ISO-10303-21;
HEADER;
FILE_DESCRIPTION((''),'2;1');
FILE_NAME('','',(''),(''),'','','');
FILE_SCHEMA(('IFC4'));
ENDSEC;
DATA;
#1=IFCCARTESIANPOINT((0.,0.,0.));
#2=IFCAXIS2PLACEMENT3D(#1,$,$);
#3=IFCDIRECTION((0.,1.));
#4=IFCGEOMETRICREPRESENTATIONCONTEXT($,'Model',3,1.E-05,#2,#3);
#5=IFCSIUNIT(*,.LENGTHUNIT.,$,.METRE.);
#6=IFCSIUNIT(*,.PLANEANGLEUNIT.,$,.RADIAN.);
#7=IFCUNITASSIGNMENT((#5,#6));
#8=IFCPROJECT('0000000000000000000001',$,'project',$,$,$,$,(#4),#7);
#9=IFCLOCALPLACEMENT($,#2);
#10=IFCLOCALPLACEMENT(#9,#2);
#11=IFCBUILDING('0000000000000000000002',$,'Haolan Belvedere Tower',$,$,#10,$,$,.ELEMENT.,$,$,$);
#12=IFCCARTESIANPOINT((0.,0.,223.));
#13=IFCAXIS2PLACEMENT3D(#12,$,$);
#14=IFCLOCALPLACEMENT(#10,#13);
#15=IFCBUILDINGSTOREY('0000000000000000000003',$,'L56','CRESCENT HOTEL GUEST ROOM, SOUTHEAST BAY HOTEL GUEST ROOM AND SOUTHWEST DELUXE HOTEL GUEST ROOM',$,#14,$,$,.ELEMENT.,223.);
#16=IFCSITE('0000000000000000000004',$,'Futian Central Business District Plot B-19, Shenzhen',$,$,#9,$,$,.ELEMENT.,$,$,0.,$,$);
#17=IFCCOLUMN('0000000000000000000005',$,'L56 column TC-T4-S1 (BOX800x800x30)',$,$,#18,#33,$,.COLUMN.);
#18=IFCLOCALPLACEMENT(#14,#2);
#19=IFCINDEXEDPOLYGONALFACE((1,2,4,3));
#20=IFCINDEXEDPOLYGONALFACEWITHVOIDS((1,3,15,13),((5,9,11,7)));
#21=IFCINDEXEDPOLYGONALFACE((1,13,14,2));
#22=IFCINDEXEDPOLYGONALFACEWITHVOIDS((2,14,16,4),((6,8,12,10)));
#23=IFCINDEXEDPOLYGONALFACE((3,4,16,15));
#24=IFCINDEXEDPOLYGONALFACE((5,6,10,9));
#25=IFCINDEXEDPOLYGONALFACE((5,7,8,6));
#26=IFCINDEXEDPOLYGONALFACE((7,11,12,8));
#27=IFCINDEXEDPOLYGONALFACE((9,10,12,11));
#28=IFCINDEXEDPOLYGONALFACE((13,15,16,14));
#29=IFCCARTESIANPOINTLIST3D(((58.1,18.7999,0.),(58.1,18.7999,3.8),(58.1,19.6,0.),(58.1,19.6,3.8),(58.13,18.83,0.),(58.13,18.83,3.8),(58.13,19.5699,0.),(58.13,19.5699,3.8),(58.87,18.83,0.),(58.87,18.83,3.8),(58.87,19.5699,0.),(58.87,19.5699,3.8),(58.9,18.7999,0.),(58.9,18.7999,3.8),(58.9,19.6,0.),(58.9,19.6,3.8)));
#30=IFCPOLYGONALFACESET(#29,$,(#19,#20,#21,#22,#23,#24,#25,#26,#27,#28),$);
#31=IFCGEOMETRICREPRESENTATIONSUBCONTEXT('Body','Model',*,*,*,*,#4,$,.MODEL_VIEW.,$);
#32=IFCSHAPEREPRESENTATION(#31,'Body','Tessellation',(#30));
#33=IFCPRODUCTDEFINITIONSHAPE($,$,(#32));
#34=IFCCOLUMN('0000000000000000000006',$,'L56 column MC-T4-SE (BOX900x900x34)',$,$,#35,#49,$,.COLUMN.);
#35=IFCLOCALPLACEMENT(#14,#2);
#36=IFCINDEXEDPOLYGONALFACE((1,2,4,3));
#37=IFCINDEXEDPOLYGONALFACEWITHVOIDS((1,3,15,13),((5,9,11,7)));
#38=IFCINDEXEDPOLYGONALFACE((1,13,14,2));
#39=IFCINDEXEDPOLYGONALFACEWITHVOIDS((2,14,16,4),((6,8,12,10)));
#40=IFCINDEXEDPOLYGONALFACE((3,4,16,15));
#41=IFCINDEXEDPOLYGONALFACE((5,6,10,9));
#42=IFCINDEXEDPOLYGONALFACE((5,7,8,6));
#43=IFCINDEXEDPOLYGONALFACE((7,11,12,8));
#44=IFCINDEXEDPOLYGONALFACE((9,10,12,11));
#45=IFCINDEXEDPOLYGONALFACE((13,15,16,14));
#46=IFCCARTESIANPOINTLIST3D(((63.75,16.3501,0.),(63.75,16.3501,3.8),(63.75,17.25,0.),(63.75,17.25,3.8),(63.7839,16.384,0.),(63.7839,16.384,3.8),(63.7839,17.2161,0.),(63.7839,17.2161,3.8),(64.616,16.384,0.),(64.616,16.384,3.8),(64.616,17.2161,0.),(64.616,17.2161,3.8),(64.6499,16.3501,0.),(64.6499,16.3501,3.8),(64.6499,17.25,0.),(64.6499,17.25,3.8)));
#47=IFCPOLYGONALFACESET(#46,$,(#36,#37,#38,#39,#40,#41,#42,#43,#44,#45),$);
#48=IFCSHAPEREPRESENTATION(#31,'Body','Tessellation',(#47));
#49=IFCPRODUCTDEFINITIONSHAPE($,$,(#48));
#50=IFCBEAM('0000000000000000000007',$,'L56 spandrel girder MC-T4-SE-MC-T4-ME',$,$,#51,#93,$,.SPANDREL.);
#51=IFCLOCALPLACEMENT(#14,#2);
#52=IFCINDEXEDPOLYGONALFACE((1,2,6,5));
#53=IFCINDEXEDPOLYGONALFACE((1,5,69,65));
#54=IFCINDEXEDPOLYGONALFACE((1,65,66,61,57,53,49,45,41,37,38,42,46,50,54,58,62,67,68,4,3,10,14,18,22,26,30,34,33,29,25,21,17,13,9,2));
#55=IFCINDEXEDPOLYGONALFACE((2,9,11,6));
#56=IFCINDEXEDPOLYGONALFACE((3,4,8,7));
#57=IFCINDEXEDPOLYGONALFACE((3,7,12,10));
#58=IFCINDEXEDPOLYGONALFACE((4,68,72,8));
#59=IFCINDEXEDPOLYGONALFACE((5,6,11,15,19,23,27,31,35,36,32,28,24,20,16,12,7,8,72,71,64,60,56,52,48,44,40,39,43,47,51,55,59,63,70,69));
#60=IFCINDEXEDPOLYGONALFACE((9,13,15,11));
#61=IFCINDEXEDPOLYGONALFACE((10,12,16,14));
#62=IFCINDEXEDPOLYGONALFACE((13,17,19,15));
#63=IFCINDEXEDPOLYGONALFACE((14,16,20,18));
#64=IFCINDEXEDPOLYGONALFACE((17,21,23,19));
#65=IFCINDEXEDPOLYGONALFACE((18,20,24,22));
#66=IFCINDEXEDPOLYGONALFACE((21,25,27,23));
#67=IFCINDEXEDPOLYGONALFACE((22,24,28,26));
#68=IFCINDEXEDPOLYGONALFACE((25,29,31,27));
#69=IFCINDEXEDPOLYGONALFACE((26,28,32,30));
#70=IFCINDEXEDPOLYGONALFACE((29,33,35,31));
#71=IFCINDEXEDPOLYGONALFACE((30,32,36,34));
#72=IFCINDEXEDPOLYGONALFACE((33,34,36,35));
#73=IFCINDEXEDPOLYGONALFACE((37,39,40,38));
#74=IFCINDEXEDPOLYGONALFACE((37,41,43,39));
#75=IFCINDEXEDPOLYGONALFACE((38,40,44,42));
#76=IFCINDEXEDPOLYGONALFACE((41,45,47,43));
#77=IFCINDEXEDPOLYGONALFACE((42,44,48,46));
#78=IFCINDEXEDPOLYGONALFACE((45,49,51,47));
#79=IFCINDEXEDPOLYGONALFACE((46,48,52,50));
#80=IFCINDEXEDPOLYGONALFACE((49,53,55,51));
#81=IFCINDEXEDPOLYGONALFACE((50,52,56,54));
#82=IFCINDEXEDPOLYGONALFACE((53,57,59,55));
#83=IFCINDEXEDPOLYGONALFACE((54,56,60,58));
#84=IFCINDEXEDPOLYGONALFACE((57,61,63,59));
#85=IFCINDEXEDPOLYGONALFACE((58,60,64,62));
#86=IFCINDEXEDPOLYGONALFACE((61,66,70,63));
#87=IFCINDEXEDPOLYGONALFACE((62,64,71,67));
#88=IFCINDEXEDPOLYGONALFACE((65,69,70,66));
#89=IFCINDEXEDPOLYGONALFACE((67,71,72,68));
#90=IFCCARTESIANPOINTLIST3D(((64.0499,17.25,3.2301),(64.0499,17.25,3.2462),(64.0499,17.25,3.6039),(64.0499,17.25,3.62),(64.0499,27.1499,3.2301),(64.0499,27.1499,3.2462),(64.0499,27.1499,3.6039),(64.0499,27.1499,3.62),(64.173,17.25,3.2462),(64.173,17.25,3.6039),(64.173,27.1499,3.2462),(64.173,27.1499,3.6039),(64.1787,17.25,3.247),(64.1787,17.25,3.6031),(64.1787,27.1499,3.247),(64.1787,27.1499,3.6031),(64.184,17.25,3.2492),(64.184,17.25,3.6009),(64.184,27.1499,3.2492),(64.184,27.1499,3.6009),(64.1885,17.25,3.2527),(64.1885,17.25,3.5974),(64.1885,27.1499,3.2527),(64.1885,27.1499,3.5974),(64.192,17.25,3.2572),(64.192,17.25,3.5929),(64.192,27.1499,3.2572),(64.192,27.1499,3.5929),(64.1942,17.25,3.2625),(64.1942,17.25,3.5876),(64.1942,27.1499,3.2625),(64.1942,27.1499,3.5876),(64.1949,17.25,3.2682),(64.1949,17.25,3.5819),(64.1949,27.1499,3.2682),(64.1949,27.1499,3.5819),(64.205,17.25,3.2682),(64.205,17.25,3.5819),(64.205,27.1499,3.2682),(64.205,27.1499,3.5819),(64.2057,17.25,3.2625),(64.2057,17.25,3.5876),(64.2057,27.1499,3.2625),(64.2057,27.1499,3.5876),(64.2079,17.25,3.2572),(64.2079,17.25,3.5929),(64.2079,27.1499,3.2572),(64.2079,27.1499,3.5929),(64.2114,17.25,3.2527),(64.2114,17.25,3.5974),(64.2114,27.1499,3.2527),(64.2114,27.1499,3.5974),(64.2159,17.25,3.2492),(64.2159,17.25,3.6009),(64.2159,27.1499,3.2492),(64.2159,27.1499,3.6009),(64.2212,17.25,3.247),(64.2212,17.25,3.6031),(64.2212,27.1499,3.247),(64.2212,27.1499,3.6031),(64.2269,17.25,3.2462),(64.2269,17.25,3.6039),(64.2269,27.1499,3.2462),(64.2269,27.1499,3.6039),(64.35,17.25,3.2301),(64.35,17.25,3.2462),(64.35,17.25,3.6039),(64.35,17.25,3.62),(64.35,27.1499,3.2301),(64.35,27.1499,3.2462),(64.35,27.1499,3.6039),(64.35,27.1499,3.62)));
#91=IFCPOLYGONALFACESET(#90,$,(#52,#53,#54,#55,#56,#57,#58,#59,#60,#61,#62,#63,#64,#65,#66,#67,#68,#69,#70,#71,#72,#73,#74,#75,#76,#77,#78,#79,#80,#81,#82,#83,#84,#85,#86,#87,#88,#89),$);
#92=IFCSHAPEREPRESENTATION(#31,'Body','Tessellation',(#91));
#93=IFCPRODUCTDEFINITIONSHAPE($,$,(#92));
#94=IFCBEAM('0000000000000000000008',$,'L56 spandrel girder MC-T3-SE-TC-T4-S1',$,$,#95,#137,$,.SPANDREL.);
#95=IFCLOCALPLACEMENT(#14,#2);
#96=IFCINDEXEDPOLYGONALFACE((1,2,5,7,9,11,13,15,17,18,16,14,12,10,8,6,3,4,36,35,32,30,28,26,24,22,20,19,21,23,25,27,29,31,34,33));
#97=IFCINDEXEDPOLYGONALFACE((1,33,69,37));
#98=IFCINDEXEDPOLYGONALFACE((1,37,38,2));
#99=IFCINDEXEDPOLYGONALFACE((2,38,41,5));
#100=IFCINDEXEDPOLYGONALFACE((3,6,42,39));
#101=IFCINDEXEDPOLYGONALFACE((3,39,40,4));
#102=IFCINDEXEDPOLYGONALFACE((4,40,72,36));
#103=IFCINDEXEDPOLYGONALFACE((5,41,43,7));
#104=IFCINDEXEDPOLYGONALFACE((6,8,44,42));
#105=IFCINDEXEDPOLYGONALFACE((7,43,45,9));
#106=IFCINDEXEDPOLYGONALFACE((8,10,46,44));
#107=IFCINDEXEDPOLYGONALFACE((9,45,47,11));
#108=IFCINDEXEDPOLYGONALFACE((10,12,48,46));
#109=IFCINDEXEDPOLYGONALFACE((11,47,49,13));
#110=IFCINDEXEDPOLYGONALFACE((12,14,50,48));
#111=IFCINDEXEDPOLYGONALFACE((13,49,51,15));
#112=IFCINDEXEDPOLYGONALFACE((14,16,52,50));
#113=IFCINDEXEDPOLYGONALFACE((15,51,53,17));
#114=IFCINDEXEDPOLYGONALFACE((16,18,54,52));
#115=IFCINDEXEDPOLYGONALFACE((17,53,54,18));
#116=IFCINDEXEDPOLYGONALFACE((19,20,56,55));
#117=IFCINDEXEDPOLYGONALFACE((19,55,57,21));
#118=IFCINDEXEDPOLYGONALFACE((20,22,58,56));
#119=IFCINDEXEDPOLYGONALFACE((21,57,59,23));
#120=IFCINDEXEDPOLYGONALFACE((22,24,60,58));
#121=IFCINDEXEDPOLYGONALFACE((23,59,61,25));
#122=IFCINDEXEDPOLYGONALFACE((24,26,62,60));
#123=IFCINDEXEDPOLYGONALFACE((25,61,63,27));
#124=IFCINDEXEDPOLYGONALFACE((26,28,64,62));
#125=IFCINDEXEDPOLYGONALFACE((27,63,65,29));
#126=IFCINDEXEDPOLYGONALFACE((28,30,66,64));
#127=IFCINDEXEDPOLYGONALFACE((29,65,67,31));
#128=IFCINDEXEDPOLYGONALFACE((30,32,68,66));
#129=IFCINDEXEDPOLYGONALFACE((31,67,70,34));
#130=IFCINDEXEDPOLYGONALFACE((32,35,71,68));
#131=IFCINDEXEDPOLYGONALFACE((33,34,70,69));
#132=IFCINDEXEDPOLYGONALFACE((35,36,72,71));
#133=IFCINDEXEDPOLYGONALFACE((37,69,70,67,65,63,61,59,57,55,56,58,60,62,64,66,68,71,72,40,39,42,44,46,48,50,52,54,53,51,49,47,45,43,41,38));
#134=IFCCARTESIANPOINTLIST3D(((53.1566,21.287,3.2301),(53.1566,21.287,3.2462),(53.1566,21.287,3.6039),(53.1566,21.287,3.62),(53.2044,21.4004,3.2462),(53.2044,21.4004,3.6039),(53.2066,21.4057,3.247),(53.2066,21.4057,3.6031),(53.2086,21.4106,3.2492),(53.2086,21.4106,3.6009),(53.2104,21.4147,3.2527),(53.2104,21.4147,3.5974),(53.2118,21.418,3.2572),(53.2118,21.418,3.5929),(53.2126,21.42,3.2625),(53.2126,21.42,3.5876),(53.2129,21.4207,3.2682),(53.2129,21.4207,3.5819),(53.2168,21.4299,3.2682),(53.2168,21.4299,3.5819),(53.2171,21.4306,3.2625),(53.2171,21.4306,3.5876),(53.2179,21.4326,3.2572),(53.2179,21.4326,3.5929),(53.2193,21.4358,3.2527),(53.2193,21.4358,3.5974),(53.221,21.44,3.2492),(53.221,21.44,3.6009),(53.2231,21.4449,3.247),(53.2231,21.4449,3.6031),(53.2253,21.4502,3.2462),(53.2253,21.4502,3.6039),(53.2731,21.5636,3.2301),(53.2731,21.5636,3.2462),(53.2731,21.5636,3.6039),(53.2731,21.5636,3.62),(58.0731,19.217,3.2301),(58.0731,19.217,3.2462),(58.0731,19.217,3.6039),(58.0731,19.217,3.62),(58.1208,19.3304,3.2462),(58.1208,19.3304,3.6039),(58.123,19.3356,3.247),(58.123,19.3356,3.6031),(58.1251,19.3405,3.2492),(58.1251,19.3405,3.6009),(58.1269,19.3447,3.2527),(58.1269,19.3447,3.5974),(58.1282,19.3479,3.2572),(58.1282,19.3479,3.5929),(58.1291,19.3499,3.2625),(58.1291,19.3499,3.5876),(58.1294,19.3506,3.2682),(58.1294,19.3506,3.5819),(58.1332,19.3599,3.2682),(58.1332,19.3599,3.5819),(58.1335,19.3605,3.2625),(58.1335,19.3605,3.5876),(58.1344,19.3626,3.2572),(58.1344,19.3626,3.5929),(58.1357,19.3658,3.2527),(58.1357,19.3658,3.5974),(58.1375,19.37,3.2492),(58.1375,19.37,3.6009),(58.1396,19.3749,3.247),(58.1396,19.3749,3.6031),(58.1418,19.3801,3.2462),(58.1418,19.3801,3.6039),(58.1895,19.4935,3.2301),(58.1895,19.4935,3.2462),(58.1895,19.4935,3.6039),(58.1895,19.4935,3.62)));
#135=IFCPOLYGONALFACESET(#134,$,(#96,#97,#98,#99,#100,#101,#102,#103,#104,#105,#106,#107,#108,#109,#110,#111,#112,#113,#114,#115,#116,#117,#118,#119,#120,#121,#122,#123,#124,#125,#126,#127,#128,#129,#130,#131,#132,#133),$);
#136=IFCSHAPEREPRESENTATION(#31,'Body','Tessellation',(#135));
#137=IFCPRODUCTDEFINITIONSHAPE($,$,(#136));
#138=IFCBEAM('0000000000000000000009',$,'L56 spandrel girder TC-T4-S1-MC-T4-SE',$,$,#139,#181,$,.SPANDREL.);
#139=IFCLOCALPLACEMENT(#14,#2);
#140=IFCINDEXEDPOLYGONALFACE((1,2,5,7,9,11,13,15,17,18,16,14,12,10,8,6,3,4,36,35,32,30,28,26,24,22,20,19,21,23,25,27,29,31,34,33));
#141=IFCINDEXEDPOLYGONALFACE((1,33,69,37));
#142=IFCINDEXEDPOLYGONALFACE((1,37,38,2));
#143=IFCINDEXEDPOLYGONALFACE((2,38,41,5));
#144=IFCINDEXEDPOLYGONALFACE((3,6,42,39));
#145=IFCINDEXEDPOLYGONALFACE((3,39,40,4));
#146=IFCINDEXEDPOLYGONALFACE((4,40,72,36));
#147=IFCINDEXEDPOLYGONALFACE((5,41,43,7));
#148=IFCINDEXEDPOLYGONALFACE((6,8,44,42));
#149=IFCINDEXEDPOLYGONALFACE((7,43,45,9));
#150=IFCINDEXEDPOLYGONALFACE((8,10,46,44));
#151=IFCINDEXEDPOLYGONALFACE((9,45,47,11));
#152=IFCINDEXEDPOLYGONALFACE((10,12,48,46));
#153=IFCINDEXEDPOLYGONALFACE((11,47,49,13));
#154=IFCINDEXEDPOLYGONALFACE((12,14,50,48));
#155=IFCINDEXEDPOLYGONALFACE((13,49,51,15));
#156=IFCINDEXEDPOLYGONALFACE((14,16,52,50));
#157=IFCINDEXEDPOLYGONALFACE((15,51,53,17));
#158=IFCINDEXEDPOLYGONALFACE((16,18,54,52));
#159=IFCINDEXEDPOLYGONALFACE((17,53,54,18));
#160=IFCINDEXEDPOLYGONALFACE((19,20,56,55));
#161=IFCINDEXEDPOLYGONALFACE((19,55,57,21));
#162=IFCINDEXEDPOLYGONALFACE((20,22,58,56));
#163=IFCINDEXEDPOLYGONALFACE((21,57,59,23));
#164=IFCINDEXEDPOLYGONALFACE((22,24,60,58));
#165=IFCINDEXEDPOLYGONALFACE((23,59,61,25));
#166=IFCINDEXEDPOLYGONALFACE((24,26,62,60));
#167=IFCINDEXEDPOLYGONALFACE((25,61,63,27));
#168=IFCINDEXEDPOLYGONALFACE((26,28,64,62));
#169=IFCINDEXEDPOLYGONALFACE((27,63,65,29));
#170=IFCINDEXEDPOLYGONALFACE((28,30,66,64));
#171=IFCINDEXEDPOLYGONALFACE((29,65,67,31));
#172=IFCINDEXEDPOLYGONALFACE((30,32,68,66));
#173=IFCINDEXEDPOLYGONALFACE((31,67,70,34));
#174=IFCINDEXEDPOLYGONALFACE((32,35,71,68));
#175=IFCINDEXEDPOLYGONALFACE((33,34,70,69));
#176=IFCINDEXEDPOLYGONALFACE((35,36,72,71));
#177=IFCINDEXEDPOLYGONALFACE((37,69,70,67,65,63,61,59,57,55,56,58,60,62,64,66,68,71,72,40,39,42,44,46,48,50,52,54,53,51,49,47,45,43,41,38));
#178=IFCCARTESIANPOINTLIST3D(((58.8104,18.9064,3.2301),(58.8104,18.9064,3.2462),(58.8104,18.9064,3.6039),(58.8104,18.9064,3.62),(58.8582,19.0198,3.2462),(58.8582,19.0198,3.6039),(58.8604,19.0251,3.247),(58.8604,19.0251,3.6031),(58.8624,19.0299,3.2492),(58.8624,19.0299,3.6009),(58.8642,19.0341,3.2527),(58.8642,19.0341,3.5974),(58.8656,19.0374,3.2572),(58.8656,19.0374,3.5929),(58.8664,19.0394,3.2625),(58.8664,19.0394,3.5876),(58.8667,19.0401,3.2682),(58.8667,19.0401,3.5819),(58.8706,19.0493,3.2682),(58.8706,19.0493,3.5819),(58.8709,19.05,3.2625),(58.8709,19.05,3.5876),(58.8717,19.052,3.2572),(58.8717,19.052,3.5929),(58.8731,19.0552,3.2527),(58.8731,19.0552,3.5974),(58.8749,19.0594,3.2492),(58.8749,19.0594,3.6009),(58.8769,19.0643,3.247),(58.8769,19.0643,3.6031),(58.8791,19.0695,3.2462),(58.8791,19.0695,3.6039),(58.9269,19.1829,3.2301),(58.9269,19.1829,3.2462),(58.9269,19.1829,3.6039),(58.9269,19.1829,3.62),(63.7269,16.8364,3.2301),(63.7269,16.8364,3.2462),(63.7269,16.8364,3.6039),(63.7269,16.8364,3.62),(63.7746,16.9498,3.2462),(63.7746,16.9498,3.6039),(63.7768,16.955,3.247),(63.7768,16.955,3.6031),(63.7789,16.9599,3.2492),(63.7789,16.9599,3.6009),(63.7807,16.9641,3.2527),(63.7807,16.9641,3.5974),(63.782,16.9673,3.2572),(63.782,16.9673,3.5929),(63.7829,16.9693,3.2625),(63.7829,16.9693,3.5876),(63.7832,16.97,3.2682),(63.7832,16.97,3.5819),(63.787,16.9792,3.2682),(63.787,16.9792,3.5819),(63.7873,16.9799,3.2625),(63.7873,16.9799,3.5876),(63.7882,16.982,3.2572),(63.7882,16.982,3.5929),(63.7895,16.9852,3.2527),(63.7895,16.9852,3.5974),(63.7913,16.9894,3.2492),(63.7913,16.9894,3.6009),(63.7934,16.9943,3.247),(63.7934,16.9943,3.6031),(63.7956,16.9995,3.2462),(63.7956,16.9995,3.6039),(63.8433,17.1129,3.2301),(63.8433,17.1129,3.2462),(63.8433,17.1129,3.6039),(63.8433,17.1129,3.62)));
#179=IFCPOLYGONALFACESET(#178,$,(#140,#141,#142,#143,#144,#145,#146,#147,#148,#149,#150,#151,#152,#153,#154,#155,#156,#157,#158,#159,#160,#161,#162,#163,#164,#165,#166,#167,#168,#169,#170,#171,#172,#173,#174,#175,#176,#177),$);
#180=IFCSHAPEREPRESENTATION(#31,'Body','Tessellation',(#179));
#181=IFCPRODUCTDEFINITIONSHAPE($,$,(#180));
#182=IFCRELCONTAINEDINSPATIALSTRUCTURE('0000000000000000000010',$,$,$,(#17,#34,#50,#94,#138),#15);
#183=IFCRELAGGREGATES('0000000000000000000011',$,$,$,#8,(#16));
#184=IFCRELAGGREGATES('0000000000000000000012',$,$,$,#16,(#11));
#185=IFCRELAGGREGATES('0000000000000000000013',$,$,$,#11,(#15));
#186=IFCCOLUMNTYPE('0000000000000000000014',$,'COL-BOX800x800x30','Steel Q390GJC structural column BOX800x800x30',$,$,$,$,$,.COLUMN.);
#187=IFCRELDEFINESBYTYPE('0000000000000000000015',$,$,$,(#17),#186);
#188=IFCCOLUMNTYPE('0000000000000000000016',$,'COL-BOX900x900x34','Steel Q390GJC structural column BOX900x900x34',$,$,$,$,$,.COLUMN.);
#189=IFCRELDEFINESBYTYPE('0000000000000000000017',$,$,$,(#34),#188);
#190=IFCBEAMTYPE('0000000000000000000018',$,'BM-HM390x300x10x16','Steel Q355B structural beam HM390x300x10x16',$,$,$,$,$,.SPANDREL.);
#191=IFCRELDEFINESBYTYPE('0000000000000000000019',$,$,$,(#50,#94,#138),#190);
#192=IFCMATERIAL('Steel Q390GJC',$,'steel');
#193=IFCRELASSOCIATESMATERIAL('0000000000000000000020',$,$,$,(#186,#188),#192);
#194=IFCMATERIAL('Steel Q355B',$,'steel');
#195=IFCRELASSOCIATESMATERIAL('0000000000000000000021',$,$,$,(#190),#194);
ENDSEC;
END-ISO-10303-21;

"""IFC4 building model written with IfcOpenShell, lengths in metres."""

from ifc_helpers import new_model, si_unit, direction, frame, origin, origin_2d, place, context, subcontext, project, spatial, hollow_rectangle, i_section, extrude, material, material_profile, profile_set, type_object, element, save


model = new_model("IFC4")

# Units and contexts
model_context = context("Model", 3, precision=1e-05, world=origin(), true_north=direction((0.0, 1.0)))
body_context = subcontext(model_context, "Body", "Model", "MODEL_VIEW")
ifc_project = project(units=[si_unit("LENGTHUNIT", "METRE"), si_unit("PLANEANGLEUNIT", "RADIAN")], contexts=[model_context])

# Site, building, storey
site_placement = place(None, origin())
site = spatial("IfcSite", under=ifc_project, at=site_placement, Name="Futian Central Business District Plot B-19, Shenzhen", CompositionType="ELEMENT", RefElevation=0.0)
building_placement = place(site_placement, origin())
building = spatial("IfcBuilding", under=site, at=building_placement, Name="Haolan Belvedere Tower", CompositionType="ELEMENT")
storey_placement = place(building_placement, frame((0.0, 0.0, 223.0)))
storey = spatial("IfcBuildingStorey", under=building, at=storey_placement, Name="L56", Description="CRESCENT HOTEL GUEST ROOM, SOUTHEAST BAY HOTEL GUEST ROOM AND SOUTHWEST DELUXE HOTEL GUEST ROOM", CompositionType="ELEMENT", Elevation=223.0)

# Columns
ifc_material_1 = material(Name="Steel Q390GJC", Category="steel")
ifc_material_profile_1 = material_profile(ifc_material_1, hollow_rectangle(XDim=0.8, YDim=0.8, WallThickness=0.03, at=origin_2d()), Name="Steel Q390GJC")
ifc_profile_set_1 = profile_set([ifc_material_profile_1], Name="Steel Q390GJC")
column_type_1 = type_object("IfcColumnType", Name="COL-BOX800x800x30", Description="Steel Q390GJC structural column BOX800x800x30", PredefinedType="COLUMN", material=ifc_profile_set_1)
column_1_placement = place(storey_placement, frame((58.5, 19.2, 0.0), z_axis=(0.0, 0.0, 1.0), x_axis=(1.0, 0.0, 0.0)))
element("IfcColumn", 1, at=column_1_placement, inside=storey, type_object=column_type_1, Name="L56 column TC-T4-S1 (BOX800x800x30)", PredefinedType="COLUMN", context=body_context, shape_type="SweptSolid", body=[
    extrude(hollow_rectangle(XDim=0.8, YDim=0.8, WallThickness=0.03, at=origin_2d()), origin(), (0.0, 0.0, 1.0), 3.8),
])
ifc_material_profile_2 = material_profile(ifc_material_1, hollow_rectangle(XDim=0.8999, YDim=0.8999, WallThickness=0.0339, at=origin_2d()), Name="Steel Q390GJC")
ifc_profile_set_2 = profile_set([ifc_material_profile_2], Name="Steel Q390GJC")
column_type_2 = type_object("IfcColumnType", Name="COL-BOX900x900x34", Description="Steel Q390GJC structural column BOX900x900x34", PredefinedType="COLUMN", material=ifc_profile_set_2)
column_2_placement = place(storey_placement, frame((64.2, 16.8, 0.0), z_axis=(0.0, 0.0, 1.0), x_axis=(1.0, 0.0, 0.0)))
element("IfcColumn", 2, at=column_2_placement, inside=storey, type_object=column_type_2, Name="L56 column MC-T4-SE (BOX900x900x34)", PredefinedType="COLUMN", context=body_context, shape_type="SweptSolid", body=[
    extrude(hollow_rectangle(XDim=0.8999, YDim=0.8999, WallThickness=0.0339, at=origin_2d()), origin(), (0.0, 0.0, 1.0), 3.8),
])

# Beams
ifc_material_2 = material(Name="Steel Q355B", Category="steel")
ifc_material_profile_3 = material_profile(ifc_material_2, i_section(OverallWidth=0.3, OverallDepth=0.3899, WebThickness=0.01, FlangeThickness=0.0161, FilletRadius=0.022, at=origin_2d()), Name="Steel Q355B")
ifc_profile_set_3 = profile_set([ifc_material_profile_3], Name="Steel Q355B")
beam_type_1 = type_object("IfcBeamType", Name="BM-HM390x300x10x16", Description="Steel Q355B structural beam HM390x300x10x16", PredefinedType="SPANDREL", material=ifc_profile_set_3)
beam_1_placement = place(storey_placement, frame((64.2, 17.25, 3.425), z_axis=(0.0, 1.0, 0.0), x_axis=(-1.0, 0.0, 0.0)))
element("IfcBeam", 3, at=beam_1_placement, inside=storey, type_object=beam_type_1, Name="L56 spandrel girder MC-T4-SE-MC-T4-ME", PredefinedType="SPANDREL", context=body_context, shape_type="SweptSolid", body=[
    extrude(i_section(OverallWidth=0.3, OverallDepth=0.3899, WebThickness=0.01, FlangeThickness=0.0161, FilletRadius=0.022, at=origin_2d()), origin(), (0.0, 0.0, 1.0), 9.8999),
])
for number, where, z_axis, x_axis, name in (
    (4, (53.2148, 21.4253, 3.425), (0.921638, -0.388051, 0.0), (0.388051, 0.921638, 0.0), "L56 spandrel girder MC-T3-SE-TC-T4-S1"),
    (5, (58.8687, 19.0447, 3.425), (0.921638, -0.388051, 0.0), (0.388051, 0.921638, 0.0), "L56 spandrel girder TC-T4-S1-MC-T4-SE"),
):
    element("IfcBeam", number, at=place(storey_placement, frame(where, z_axis=z_axis, x_axis=x_axis)), inside=storey, type_object=beam_type_1, Name=name, PredefinedType="SPANDREL", context=body_context, shape_type="SweptSolid", body=[
        extrude(i_section(OverallWidth=0.3, OverallDepth=0.3899, WebThickness=0.01, FlangeThickness=0.0161, FilletRadius=0.022, at=origin_2d()), origin(), (0.0, 0.0, 1.0), 5.3345),
    ])

save(model, "model.ifc")
